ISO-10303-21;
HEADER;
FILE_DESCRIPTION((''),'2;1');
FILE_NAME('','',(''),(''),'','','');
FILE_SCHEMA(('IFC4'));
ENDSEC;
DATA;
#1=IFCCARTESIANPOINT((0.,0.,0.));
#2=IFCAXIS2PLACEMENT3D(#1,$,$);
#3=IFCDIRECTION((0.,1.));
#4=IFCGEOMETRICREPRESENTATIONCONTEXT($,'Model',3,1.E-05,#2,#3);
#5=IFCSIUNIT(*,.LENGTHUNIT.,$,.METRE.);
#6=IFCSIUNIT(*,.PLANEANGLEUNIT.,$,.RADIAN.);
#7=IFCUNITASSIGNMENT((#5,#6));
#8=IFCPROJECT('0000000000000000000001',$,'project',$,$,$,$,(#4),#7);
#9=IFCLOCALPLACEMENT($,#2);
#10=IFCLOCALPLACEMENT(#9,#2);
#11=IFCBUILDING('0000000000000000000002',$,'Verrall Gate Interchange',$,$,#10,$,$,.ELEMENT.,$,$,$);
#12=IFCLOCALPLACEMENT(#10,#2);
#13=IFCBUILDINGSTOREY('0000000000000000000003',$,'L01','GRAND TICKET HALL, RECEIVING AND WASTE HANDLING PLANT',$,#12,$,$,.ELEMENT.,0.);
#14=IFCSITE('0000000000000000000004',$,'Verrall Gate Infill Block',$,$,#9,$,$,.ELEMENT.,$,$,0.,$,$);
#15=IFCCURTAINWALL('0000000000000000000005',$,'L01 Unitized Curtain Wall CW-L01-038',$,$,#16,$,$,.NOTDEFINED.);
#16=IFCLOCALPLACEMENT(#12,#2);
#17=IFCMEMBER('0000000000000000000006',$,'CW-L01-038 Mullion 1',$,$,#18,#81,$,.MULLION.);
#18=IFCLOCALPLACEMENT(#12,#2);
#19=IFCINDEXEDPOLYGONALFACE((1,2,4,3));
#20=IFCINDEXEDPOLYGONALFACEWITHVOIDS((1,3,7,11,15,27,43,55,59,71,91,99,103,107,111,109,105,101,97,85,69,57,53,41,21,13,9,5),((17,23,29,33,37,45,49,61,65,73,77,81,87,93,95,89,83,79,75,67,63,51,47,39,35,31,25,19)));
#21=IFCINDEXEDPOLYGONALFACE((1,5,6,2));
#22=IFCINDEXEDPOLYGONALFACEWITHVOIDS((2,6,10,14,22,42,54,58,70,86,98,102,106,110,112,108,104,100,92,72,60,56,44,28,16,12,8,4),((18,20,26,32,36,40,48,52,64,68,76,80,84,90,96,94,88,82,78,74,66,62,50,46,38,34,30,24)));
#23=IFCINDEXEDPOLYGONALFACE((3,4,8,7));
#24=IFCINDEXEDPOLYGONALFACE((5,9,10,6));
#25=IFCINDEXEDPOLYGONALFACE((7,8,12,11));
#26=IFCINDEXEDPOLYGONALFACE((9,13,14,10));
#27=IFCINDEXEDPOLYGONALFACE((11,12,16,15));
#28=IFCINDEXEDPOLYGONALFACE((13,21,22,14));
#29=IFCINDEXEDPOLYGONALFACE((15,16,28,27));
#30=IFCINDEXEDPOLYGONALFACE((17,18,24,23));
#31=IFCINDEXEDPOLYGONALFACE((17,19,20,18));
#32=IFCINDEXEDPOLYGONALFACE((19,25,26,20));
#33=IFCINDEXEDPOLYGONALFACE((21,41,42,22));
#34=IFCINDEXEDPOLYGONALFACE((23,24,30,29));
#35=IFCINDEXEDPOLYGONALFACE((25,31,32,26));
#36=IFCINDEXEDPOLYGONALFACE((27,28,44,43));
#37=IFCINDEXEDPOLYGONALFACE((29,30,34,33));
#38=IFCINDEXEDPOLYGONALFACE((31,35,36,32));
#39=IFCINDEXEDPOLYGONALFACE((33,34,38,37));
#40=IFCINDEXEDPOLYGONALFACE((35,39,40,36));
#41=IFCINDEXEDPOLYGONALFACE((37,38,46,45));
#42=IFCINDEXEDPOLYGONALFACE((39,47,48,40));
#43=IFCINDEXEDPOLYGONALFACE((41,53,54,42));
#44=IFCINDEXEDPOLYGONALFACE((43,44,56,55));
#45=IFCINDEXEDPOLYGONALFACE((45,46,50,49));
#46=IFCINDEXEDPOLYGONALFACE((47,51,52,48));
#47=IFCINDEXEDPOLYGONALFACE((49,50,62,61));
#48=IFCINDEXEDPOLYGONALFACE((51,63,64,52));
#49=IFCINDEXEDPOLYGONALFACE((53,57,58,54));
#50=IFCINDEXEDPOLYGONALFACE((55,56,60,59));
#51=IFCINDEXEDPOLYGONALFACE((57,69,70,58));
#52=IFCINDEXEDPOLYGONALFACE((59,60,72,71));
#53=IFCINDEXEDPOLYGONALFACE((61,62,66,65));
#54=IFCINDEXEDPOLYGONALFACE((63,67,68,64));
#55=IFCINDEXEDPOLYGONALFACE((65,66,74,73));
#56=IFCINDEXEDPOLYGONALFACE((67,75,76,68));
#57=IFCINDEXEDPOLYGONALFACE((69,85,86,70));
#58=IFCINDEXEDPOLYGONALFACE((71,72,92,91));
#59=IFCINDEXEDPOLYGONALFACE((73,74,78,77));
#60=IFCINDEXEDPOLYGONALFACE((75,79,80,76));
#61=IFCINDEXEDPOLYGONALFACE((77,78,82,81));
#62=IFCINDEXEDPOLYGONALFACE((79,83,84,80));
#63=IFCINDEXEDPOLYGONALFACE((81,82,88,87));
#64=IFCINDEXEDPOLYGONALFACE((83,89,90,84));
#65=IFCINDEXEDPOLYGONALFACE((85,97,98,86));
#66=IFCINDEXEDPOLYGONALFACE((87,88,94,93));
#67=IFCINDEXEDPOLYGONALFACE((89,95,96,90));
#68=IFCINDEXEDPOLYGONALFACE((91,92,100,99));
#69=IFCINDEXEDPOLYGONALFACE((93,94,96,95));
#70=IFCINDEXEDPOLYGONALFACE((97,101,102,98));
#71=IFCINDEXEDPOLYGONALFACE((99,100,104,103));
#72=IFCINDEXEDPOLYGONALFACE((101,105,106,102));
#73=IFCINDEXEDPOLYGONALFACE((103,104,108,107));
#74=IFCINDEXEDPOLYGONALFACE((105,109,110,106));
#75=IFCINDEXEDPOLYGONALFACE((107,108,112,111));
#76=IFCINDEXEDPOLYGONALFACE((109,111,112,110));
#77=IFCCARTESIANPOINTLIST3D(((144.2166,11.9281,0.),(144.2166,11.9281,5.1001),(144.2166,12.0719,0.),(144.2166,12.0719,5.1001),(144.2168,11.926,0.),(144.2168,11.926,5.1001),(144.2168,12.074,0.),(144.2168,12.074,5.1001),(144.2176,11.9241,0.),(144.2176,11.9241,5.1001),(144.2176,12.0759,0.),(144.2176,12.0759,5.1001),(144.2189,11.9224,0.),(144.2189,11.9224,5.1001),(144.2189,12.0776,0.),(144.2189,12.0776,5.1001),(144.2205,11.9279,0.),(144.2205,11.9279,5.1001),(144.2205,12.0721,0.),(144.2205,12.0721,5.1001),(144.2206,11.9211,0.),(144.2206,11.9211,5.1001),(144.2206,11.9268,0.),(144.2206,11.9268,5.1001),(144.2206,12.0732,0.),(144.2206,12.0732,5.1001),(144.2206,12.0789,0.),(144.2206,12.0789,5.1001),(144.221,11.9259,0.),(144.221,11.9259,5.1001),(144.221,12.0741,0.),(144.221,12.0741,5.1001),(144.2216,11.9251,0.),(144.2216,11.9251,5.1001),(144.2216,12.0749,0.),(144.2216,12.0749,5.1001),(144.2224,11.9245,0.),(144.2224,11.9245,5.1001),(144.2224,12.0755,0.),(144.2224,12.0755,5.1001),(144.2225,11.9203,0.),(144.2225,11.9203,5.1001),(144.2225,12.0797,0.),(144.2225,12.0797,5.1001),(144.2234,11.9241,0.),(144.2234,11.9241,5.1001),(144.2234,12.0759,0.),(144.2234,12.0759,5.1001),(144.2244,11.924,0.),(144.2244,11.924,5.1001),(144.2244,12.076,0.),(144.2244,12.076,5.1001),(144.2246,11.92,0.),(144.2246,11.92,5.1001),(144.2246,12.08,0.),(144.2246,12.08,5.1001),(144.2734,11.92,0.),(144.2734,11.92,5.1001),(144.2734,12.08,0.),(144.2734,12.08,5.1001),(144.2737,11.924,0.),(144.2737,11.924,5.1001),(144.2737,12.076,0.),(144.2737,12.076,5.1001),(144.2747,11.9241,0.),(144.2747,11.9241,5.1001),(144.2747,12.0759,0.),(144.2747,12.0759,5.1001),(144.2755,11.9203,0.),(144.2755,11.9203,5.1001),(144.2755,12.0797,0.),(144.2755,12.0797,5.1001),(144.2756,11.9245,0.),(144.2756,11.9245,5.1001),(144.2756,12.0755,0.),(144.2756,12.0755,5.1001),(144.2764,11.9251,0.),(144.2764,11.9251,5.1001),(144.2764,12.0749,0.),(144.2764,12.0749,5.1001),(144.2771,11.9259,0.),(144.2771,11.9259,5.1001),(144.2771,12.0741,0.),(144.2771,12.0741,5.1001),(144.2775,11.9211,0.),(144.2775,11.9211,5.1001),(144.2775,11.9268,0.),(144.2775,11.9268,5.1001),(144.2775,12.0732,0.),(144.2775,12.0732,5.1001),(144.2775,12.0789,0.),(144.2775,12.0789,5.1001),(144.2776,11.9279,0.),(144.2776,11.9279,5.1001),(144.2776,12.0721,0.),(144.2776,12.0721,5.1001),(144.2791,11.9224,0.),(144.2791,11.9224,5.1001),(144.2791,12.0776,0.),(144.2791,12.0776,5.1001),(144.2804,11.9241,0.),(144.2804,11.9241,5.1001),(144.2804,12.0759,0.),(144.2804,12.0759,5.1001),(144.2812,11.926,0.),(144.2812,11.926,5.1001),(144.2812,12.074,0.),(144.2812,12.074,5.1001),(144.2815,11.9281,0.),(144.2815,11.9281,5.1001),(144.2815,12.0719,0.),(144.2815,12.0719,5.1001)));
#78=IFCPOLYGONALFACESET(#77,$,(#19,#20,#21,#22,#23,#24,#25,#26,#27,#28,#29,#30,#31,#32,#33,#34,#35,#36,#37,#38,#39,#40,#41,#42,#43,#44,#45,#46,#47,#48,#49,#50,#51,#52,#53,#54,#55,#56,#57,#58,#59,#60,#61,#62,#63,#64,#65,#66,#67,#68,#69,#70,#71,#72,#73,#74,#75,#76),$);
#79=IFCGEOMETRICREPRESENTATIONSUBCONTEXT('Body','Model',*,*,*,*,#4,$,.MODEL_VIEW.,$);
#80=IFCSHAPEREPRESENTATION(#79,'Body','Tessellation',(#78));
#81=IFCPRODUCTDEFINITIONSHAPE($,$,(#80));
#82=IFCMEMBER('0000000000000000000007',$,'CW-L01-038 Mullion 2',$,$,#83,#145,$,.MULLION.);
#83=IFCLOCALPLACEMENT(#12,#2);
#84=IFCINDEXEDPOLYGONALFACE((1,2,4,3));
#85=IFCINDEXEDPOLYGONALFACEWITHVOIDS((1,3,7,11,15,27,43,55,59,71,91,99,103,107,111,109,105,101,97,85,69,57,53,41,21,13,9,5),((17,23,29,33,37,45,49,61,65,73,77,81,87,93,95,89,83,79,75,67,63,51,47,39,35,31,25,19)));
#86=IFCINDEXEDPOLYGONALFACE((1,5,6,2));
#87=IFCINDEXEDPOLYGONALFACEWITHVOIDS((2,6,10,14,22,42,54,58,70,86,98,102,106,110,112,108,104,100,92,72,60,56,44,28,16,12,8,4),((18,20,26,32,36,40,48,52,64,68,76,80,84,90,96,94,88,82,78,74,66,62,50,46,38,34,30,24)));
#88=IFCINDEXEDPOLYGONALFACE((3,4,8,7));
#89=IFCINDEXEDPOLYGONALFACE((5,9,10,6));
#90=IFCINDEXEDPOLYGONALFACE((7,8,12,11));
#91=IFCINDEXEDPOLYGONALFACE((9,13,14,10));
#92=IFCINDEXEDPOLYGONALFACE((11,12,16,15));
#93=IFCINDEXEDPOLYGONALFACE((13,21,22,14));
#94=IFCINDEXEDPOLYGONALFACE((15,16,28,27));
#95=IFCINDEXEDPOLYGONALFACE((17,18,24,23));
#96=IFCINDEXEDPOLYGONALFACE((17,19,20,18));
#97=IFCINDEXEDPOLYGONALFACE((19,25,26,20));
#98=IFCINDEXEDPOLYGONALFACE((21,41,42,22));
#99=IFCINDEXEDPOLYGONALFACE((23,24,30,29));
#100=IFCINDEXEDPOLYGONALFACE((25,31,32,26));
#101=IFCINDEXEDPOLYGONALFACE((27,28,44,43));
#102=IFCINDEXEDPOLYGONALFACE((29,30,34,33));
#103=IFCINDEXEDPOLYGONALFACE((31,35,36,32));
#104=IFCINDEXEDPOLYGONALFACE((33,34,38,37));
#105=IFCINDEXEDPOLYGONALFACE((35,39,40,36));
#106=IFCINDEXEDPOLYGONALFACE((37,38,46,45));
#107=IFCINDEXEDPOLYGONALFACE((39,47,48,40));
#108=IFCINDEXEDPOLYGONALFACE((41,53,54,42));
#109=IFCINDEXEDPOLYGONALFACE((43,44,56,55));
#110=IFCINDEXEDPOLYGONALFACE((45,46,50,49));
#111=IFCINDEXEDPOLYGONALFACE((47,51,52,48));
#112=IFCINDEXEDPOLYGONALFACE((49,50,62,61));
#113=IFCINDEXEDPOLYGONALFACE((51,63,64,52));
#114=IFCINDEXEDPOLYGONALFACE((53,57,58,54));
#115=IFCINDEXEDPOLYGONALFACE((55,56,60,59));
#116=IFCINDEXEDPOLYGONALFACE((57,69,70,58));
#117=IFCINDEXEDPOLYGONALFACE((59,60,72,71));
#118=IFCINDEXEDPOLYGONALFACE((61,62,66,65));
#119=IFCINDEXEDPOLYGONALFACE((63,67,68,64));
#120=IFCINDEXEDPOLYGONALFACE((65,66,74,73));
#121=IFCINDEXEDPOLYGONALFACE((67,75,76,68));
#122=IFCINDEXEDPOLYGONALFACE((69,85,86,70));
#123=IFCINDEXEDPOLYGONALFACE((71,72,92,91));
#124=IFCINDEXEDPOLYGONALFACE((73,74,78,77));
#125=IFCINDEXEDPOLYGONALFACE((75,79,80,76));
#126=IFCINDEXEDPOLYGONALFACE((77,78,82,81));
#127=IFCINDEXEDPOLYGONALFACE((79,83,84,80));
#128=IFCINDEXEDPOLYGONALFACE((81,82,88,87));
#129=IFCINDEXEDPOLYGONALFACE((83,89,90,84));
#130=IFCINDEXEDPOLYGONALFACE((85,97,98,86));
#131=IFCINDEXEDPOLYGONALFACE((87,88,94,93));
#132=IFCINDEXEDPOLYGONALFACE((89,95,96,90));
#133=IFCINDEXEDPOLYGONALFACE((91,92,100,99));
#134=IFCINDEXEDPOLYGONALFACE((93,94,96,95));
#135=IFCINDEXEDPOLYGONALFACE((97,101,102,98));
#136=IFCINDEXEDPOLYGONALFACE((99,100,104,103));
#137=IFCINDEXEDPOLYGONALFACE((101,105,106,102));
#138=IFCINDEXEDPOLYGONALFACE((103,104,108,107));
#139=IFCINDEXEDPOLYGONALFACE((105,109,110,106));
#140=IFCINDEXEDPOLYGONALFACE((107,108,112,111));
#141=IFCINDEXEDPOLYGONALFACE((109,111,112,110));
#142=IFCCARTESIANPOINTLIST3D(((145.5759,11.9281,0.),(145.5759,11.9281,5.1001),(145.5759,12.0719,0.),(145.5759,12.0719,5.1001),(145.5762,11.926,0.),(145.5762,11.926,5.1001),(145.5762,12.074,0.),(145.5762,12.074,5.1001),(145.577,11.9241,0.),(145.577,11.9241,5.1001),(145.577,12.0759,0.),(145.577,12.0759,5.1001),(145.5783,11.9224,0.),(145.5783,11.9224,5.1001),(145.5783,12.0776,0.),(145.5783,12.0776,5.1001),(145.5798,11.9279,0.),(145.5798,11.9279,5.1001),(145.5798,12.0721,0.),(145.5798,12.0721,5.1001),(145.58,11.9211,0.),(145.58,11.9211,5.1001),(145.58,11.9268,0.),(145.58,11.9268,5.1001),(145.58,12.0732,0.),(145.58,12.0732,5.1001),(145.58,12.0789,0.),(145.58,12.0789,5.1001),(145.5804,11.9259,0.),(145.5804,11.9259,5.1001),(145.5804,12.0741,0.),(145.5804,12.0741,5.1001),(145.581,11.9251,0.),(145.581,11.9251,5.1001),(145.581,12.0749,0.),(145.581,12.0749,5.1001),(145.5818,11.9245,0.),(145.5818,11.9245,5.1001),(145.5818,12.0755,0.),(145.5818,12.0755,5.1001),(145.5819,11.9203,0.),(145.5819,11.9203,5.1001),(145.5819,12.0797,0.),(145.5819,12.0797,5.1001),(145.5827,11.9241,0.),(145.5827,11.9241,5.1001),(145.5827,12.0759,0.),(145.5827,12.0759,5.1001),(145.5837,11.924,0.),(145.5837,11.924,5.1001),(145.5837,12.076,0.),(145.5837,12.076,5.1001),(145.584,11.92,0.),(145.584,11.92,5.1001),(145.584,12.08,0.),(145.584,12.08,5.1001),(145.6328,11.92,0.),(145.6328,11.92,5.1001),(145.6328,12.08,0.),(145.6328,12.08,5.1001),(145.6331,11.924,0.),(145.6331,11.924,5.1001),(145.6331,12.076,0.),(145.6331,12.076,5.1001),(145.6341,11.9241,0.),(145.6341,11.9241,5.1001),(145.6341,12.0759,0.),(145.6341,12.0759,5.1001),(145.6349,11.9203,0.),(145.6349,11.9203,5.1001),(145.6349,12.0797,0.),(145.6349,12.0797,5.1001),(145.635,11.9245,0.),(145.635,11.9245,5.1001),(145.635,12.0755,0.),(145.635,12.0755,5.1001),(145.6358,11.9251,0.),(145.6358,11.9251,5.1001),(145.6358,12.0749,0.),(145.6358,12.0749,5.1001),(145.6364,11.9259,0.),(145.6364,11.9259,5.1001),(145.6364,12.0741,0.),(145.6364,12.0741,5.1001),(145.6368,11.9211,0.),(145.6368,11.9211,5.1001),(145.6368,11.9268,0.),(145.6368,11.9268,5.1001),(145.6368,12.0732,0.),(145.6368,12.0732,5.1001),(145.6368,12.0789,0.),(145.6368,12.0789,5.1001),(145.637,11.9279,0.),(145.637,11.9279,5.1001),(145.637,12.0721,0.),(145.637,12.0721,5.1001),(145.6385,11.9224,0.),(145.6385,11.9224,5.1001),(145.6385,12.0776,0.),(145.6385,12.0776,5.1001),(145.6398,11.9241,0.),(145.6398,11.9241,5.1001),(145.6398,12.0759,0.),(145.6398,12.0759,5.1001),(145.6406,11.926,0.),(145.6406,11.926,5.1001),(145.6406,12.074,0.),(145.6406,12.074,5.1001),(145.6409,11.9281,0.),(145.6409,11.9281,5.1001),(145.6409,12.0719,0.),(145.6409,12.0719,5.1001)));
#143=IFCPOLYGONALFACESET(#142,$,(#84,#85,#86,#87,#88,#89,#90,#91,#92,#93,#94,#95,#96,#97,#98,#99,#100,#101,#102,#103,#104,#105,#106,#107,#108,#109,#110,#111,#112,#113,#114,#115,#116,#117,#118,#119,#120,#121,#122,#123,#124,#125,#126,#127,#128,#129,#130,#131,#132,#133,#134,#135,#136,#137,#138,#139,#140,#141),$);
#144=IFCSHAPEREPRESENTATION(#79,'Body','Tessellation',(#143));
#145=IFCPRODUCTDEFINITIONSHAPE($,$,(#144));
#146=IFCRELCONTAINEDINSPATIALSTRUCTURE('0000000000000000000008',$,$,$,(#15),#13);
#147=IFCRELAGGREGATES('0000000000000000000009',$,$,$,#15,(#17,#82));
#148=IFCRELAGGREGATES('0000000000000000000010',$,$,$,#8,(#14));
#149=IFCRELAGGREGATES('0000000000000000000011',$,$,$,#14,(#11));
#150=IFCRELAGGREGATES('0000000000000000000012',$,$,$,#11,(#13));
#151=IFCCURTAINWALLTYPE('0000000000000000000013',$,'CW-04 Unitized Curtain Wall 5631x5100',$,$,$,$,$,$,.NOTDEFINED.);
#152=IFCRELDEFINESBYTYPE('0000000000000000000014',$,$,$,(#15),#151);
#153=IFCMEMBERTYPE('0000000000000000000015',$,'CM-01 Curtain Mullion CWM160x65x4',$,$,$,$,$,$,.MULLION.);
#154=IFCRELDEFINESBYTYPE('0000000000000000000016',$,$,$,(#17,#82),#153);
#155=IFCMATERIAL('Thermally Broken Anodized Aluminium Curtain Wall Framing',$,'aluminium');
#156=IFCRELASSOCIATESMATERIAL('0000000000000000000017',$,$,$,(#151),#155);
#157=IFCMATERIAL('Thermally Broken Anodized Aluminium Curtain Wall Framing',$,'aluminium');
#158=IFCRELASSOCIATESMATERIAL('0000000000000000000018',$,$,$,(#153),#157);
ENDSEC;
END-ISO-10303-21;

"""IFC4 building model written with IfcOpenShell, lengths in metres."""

from ifc_helpers import new_model, si_unit, direction, frame, origin, origin_2d, place, context, subcontext, project, spatial, hollow_rectangle, extrude, material, material_profile, profile_set, type_object, element, aggregate, save


model = new_model("IFC4")

# Units and contexts
model_context = context("Model", 3, precision=1e-05, world=origin(), true_north=direction((0.0, 1.0)))
body_context = subcontext(model_context, "Body", "Model", "MODEL_VIEW")
ifc_project = project(units=[si_unit("LENGTHUNIT", "METRE"), si_unit("PLANEANGLEUNIT", "RADIAN")], contexts=[model_context])

# Site, building, storey
site_placement = place(None, origin())
site = spatial("IfcSite", under=ifc_project, at=site_placement, Name="Verrall Gate Infill Block", CompositionType="ELEMENT", RefElevation=0.0)
building_placement = place(site_placement, origin())
building = spatial("IfcBuilding", under=site, at=building_placement, Name="Verrall Gate Interchange", CompositionType="ELEMENT")
storey_placement = place(building_placement, origin())
storey = spatial("IfcBuildingStorey", under=building, at=storey_placement, Name="L01", Description="GRAND TICKET HALL, RECEIVING AND WASTE HANDLING PLANT", CompositionType="ELEMENT", Elevation=0.0)

# Curtain wall, members
ifc_material_1 = material(Name="Thermally Broken Anodized Aluminium Curtain Wall Framing", Category="aluminium")
curtain_wall_type = type_object("IfcCurtainWallType", Name="CW-04 Unitized Curtain Wall 5631x5100", PredefinedType="NOTDEFINED", material=ifc_material_1)
curtain_wall_1_placement = place(storey_placement, origin())
curtain_wall_1 = element("IfcCurtainWall", 1, at=curtain_wall_1_placement, inside=storey, type_object=curtain_wall_type, Name="L01 Unitized Curtain Wall CW-L01-038", PredefinedType="NOTDEFINED")
ifc_material_2 = material(Name="Thermally Broken Anodized Aluminium Curtain Wall Framing", Category="aluminium")
ifc_material_profile_1 = material_profile(ifc_material_2, hollow_rectangle(XDim=0.0649, YDim=0.1599, WallThickness=0.0039, InnerFilletRadius=0.0039, OuterFilletRadius=0.0081, at=origin_2d()), Name="CWM160x65x4")
ifc_profile_set_1 = profile_set([ifc_material_profile_1], Name="Thermally Broken Anodized Aluminium Curtain Wall Framing")
member_type_1 = type_object("IfcMemberType", Name="CM-01 Curtain Mullion CWM160x65x4", PredefinedType="MULLION", material=ifc_profile_set_1)
member_1_placement = place(storey_placement, frame((144.249, 12.0, 0.0), z_axis=(0.0, 0.0, 1.0), x_axis=(1.0, 0.0, 0.0)))
member_1 = element("IfcMember", 2, at=member_1_placement, type_object=member_type_1, Name="CW-L01-038 Mullion 1", PredefinedType="MULLION", context=body_context, shape_type="SweptSolid", body=[
    extrude(hollow_rectangle(XDim=0.0649, YDim=0.1599, WallThickness=0.0039, InnerFilletRadius=0.0039, OuterFilletRadius=0.0081, at=origin_2d()), origin(), (0.0, 0.0, 1.0), 5.1001),
])
member_2_placement = place(storey_placement, frame((145.6084, 12.0, 0.0), z_axis=(0.0, 0.0, 1.0), x_axis=(1.0, 0.0, 0.0)))
member_2 = element("IfcMember", 3, at=member_2_placement, type_object=member_type_1, Name="CW-L01-038 Mullion 2", PredefinedType="MULLION", context=body_context, shape_type="SweptSolid", body=[
    extrude(hollow_rectangle(XDim=0.0649, YDim=0.1599, WallThickness=0.0039, InnerFilletRadius=0.0039, OuterFilletRadius=0.0081, at=origin_2d()), origin(), (0.0, 0.0, 1.0), 5.1001),
])

aggregate(curtain_wall_1, [member_1, member_2])

save(model, "model.ifc")
